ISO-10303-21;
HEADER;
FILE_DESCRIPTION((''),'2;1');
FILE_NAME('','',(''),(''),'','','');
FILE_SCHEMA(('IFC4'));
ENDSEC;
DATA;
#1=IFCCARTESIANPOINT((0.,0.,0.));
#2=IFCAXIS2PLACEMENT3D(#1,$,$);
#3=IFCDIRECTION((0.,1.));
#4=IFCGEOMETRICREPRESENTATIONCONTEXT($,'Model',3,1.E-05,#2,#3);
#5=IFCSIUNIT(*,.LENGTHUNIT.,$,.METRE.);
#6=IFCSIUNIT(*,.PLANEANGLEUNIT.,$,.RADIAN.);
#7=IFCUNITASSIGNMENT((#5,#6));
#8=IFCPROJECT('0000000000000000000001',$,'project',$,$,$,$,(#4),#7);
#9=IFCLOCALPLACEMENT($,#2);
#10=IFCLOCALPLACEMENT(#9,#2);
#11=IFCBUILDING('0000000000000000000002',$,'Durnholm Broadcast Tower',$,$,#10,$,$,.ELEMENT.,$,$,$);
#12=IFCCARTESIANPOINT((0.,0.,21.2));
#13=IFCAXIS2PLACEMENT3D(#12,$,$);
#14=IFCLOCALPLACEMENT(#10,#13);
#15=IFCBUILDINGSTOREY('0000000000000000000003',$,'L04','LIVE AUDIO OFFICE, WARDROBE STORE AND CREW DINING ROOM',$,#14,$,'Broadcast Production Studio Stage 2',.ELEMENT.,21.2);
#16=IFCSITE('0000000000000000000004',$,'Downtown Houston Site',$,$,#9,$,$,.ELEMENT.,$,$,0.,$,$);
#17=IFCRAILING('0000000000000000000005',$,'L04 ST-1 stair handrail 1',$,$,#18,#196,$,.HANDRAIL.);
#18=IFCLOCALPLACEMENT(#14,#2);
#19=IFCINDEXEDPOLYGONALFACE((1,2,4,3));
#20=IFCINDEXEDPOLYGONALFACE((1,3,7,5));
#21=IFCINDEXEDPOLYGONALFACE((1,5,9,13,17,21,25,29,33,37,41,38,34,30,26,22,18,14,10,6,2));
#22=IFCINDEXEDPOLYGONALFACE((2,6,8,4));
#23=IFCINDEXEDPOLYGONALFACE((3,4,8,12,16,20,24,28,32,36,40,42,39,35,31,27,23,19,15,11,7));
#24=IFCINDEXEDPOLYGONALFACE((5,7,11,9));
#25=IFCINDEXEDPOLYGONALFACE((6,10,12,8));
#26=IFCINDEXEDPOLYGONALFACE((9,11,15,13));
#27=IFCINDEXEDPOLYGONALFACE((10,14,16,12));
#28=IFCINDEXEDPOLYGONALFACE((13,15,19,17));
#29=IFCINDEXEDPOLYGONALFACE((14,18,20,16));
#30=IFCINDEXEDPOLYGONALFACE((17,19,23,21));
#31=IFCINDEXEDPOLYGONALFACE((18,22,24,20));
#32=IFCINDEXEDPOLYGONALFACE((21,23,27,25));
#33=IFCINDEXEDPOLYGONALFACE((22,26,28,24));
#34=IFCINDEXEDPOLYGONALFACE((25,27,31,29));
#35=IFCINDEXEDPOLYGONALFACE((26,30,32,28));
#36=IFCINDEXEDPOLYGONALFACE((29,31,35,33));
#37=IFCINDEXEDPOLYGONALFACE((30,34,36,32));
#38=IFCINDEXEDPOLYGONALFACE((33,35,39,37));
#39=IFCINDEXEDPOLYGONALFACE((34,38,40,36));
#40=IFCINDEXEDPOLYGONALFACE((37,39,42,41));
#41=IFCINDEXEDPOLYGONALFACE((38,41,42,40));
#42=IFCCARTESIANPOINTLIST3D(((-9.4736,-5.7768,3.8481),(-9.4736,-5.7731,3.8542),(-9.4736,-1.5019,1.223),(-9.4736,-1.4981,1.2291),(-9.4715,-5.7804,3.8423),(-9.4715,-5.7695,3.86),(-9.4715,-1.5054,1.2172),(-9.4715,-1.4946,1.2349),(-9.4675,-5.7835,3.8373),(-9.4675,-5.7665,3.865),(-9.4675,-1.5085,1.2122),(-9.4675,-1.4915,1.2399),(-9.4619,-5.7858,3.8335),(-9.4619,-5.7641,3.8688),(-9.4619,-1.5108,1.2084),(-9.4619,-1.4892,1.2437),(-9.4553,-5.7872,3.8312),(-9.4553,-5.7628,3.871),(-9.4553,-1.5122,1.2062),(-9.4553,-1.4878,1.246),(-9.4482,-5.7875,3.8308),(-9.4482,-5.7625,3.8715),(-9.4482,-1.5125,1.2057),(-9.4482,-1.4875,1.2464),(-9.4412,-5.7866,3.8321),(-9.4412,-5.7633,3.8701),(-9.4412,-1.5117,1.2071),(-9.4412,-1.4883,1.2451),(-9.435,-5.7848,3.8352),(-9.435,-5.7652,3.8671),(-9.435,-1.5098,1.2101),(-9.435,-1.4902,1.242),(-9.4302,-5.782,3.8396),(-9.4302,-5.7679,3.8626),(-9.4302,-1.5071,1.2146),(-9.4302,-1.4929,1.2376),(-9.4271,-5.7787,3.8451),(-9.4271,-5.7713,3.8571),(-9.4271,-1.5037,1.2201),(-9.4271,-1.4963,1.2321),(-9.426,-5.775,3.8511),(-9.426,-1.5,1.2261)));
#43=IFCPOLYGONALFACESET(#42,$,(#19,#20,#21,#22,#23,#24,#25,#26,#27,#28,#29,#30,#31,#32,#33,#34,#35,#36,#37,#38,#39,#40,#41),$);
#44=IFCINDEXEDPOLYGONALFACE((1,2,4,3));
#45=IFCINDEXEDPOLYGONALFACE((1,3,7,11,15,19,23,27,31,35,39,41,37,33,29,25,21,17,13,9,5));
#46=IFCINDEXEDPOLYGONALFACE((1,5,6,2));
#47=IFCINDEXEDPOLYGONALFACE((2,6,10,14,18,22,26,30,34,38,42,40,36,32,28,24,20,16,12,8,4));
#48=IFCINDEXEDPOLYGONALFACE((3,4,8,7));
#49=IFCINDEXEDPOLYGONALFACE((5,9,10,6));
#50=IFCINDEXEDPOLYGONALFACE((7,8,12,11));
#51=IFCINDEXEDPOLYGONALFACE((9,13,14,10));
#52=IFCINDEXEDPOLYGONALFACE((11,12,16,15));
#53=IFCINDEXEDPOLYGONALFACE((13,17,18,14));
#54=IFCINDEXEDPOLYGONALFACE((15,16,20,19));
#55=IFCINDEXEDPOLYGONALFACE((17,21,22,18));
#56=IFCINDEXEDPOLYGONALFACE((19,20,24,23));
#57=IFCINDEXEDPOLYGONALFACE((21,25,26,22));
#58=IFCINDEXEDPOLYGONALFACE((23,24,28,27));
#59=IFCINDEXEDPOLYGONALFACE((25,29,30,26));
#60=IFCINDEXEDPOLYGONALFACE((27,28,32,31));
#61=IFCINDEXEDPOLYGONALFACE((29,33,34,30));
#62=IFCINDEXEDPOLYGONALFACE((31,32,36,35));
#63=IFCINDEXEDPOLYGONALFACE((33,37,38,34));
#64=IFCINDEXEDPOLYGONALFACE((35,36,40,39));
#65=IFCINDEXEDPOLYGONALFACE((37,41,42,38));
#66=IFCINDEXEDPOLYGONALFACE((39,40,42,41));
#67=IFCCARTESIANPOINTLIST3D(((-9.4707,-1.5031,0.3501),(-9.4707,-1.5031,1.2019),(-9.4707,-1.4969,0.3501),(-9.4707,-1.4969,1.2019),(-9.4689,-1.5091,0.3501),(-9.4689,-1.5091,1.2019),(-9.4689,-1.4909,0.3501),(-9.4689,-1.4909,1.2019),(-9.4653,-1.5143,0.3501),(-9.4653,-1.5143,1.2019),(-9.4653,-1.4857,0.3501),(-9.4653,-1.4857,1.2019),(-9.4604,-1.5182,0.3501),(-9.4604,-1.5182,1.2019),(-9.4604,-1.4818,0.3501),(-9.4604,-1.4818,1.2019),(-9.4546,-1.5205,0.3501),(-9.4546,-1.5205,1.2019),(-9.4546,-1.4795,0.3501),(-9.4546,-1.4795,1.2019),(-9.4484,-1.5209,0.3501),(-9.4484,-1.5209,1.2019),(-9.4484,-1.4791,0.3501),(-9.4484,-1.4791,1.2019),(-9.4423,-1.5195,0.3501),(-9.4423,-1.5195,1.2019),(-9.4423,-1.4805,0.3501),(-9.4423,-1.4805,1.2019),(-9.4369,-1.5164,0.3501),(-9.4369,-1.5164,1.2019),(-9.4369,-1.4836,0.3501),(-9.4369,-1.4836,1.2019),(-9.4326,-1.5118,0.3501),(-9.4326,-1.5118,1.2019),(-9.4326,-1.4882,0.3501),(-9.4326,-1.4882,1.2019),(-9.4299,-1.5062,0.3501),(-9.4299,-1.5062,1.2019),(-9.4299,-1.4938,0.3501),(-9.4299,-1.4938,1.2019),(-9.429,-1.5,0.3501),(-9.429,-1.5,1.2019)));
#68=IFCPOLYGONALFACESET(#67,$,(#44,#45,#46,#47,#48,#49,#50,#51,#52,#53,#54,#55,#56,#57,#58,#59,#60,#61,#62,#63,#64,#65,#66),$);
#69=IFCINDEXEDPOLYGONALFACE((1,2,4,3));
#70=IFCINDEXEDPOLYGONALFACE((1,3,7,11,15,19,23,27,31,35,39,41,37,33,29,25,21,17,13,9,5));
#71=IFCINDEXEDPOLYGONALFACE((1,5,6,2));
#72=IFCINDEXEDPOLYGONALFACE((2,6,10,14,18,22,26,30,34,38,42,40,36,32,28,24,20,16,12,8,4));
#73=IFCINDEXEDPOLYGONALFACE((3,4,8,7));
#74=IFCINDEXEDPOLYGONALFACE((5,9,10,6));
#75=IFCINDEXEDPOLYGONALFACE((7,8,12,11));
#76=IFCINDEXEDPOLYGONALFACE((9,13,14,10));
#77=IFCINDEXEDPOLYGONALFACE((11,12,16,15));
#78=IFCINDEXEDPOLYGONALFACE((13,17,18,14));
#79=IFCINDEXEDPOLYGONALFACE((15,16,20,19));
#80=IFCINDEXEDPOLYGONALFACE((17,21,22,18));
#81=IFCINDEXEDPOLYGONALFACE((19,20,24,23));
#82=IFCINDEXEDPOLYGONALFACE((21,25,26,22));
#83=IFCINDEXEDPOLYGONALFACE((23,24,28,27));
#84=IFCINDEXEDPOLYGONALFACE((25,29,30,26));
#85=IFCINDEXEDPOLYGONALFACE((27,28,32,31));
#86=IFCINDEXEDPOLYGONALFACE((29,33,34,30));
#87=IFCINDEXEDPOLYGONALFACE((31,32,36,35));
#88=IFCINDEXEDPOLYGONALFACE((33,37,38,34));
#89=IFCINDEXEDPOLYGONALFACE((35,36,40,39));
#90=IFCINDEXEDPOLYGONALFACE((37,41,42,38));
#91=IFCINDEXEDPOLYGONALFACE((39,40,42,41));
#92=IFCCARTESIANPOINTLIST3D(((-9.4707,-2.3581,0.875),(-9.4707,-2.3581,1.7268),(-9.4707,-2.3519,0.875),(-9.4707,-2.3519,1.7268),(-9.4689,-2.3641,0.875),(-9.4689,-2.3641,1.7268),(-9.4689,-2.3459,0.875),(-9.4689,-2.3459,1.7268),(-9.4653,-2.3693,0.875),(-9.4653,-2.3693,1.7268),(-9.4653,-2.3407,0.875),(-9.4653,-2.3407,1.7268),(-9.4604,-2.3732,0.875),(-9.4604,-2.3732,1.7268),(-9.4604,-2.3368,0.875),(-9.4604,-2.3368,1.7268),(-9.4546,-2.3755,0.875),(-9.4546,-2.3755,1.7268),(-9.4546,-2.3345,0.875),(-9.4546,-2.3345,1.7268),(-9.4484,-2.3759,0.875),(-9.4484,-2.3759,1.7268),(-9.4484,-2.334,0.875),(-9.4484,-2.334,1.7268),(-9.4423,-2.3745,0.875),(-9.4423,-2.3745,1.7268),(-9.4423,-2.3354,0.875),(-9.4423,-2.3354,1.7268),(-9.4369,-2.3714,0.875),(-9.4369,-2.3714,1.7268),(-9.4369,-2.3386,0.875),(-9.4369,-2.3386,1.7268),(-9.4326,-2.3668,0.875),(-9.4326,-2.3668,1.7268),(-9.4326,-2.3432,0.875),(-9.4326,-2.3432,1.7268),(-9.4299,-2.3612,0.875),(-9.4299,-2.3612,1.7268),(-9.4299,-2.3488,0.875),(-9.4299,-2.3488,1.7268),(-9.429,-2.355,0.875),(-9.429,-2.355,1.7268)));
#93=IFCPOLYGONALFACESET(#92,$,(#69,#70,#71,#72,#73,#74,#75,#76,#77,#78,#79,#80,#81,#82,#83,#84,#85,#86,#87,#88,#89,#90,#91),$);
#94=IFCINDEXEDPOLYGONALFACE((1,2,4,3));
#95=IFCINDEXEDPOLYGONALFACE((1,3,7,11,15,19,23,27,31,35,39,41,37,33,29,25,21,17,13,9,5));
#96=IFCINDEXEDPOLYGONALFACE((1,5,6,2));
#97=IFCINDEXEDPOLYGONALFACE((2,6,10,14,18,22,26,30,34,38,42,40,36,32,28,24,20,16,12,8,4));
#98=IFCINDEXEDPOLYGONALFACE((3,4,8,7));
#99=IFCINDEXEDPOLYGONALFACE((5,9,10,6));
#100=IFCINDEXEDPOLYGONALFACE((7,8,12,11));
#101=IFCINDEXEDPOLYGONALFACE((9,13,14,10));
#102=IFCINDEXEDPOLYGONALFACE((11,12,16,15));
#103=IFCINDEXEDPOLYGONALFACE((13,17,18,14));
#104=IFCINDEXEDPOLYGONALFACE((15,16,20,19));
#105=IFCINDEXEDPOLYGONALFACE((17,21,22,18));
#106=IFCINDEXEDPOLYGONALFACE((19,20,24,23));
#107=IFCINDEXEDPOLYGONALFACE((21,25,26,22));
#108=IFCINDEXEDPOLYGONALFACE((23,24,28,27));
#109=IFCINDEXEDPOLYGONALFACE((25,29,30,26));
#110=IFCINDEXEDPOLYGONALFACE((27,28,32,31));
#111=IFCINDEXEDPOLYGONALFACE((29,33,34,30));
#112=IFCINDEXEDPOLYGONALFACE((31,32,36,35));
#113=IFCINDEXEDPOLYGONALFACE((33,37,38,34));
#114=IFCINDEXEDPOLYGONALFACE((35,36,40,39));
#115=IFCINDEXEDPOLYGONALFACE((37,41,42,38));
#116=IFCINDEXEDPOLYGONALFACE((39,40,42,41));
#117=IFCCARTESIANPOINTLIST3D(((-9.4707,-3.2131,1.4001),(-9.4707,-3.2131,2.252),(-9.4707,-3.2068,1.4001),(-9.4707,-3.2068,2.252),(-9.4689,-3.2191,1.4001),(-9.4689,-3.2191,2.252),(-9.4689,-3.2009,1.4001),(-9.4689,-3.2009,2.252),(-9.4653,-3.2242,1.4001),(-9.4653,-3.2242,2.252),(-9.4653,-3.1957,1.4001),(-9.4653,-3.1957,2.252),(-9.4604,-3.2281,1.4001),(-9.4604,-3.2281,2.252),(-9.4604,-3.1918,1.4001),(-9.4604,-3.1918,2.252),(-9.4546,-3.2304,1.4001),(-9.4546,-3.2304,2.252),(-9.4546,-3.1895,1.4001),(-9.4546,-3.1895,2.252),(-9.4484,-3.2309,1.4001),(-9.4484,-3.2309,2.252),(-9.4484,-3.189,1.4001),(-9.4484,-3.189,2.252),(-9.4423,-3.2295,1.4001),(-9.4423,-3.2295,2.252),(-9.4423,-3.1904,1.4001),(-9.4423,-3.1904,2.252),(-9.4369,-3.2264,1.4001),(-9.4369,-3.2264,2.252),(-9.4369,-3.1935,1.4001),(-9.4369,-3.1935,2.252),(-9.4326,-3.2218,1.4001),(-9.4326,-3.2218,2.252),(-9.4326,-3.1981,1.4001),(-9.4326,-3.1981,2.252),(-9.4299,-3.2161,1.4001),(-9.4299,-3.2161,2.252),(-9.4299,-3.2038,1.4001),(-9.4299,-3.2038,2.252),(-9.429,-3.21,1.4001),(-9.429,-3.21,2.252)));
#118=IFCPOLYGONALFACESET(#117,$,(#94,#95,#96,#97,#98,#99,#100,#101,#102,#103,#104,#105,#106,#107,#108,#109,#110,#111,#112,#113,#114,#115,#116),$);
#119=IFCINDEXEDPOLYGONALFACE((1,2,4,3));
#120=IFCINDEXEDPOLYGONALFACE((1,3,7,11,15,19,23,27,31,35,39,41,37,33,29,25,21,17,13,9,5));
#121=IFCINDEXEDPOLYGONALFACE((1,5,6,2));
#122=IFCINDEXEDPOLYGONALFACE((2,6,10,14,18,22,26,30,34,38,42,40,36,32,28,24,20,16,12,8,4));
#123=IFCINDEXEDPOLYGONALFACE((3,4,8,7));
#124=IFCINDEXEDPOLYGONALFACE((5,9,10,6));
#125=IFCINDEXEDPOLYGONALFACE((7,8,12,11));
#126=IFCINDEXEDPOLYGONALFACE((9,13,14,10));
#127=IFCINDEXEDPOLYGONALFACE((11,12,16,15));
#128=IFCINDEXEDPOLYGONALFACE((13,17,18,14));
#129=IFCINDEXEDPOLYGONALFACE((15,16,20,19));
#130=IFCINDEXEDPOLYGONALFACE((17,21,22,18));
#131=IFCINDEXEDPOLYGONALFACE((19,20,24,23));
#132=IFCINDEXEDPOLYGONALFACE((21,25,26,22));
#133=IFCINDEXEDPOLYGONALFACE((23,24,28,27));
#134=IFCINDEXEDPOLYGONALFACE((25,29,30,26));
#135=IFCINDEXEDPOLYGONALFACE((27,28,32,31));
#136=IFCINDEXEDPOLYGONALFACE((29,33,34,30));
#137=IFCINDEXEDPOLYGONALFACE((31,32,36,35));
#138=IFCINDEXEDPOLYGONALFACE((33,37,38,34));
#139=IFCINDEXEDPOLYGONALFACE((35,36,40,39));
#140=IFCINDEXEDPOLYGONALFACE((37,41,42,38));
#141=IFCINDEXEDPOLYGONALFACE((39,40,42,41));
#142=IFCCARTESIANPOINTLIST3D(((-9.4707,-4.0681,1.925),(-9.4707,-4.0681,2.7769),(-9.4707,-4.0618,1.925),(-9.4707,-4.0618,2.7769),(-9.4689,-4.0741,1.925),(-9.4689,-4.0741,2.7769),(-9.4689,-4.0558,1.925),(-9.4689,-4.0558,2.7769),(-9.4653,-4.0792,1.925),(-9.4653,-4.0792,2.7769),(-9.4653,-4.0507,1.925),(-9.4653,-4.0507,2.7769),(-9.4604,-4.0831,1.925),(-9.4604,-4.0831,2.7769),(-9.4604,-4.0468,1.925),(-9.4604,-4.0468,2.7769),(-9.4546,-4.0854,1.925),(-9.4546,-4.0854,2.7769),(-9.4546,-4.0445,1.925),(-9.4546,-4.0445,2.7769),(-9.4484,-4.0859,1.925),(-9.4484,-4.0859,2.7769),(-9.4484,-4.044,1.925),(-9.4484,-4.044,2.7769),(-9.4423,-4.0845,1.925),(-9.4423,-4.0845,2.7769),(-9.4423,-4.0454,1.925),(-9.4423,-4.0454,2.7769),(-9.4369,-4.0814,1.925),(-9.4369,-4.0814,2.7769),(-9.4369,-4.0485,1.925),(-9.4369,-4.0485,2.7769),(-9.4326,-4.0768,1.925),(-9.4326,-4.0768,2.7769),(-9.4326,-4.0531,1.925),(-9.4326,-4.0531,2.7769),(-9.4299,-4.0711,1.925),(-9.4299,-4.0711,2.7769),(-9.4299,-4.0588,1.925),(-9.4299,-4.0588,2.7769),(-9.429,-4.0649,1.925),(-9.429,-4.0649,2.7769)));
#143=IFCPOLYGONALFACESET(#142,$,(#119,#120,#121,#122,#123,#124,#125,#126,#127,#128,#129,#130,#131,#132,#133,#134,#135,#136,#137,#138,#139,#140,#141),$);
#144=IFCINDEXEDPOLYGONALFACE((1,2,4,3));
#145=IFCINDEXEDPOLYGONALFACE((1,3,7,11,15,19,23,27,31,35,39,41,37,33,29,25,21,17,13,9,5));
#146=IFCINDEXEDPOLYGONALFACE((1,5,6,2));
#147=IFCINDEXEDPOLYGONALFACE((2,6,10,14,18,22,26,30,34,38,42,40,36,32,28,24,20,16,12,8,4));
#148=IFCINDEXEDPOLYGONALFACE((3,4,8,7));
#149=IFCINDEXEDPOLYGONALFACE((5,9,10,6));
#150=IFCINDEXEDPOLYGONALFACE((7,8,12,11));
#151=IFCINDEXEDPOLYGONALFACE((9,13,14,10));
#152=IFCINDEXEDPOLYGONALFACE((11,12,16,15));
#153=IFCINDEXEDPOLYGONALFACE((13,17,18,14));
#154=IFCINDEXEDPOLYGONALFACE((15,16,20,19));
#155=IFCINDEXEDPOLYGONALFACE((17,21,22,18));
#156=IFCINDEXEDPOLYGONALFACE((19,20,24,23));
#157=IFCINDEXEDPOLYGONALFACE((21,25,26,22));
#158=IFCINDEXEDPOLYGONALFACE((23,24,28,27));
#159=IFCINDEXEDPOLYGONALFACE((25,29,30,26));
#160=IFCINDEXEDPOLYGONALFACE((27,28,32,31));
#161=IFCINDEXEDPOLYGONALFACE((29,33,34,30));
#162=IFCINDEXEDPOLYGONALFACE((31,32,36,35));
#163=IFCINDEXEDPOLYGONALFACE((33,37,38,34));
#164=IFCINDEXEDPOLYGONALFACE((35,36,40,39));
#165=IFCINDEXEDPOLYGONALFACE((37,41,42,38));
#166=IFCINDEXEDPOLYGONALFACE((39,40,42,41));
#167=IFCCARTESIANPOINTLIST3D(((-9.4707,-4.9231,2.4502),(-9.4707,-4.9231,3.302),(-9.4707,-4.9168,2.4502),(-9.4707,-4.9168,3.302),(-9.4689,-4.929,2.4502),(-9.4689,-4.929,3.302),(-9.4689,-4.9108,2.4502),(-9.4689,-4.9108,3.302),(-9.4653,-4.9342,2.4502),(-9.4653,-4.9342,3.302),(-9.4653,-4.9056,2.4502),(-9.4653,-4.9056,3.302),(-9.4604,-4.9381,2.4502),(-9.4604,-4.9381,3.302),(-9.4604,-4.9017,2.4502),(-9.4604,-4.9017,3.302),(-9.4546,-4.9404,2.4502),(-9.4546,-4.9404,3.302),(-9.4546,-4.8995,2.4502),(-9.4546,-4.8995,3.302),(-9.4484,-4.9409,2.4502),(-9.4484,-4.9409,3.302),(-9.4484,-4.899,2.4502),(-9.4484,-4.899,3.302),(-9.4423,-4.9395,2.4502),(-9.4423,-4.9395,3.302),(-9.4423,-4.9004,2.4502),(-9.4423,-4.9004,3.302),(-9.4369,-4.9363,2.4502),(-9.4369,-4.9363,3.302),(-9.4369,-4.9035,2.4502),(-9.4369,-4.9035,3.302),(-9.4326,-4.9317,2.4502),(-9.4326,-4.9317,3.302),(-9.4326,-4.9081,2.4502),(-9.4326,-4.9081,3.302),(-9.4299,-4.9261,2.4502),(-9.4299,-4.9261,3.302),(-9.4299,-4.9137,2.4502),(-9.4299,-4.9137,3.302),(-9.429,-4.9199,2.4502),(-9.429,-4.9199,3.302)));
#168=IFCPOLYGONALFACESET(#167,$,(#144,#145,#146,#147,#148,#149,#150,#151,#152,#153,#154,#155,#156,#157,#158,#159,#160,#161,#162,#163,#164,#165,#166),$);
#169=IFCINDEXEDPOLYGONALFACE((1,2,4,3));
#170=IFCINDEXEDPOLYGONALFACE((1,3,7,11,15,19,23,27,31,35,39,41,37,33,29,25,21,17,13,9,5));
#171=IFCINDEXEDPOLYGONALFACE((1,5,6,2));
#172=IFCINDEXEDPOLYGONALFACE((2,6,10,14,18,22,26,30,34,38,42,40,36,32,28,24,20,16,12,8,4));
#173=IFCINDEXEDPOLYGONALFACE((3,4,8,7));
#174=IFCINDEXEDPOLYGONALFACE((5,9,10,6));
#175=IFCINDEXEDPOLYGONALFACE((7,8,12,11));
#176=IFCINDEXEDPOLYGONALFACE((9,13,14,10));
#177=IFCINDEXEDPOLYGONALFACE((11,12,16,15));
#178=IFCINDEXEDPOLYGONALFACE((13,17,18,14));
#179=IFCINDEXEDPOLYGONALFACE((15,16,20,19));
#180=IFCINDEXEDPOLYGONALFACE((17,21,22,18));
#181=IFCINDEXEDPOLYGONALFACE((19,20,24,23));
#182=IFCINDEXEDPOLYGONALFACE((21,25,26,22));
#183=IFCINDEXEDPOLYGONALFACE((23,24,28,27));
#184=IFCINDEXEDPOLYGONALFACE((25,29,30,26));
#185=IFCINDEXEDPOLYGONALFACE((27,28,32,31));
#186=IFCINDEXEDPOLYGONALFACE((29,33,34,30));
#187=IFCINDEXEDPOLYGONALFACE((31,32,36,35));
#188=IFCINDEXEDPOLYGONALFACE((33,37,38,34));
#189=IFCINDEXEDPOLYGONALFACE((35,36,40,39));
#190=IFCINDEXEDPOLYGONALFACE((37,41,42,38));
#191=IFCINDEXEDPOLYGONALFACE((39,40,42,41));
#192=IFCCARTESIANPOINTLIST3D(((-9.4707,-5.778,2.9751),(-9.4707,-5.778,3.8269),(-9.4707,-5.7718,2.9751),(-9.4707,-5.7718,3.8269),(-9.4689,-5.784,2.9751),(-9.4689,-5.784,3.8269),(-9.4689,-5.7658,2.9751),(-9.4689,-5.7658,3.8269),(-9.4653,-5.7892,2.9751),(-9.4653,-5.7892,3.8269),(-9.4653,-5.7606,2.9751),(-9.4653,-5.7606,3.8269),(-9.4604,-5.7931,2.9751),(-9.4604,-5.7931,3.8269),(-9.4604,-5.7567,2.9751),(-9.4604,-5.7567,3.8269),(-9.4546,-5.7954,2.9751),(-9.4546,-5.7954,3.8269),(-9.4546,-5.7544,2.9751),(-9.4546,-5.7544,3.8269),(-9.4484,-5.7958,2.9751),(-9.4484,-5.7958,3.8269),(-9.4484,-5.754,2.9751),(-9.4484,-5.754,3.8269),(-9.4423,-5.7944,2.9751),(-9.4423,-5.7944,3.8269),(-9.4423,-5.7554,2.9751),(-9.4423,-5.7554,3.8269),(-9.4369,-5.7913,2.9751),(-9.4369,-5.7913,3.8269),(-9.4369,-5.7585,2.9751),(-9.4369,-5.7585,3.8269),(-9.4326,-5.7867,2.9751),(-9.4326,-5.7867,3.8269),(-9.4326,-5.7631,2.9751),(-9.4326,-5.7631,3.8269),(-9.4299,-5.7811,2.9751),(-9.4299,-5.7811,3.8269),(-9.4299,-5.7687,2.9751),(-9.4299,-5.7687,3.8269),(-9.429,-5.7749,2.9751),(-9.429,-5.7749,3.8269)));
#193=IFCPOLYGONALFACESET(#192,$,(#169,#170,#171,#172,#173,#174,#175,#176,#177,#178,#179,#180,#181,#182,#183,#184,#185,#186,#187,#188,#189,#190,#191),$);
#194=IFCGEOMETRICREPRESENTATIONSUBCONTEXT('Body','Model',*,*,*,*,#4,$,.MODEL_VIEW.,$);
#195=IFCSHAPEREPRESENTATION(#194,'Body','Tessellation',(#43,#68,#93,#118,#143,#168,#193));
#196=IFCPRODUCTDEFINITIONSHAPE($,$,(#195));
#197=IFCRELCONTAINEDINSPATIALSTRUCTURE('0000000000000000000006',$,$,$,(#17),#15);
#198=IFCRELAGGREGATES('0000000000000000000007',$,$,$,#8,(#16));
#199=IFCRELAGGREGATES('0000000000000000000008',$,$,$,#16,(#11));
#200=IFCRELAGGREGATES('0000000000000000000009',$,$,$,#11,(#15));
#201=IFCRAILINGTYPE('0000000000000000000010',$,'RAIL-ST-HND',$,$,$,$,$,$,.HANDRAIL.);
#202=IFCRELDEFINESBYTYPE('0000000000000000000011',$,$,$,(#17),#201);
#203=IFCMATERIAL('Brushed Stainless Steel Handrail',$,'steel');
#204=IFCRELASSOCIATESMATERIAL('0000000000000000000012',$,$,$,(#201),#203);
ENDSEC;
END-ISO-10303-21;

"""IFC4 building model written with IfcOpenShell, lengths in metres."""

from ifc_helpers import new_model, si_unit, direction, frame, origin, origin_2d, place, context, subcontext, project, spatial, circle, extrude, material, type_object, element, save


model = new_model("IFC4")

# Units and contexts
model_context = context("Model", 3, precision=1e-05, world=origin(), true_north=direction((0.0, 1.0)))
body_context = subcontext(model_context, "Body", "Model", "MODEL_VIEW")
ifc_project = project(units=[si_unit("LENGTHUNIT", "METRE"), si_unit("PLANEANGLEUNIT", "RADIAN")], contexts=[model_context])

# Site, building, storey
site_placement = place(None, origin())
site = spatial("IfcSite", under=ifc_project, at=site_placement, Name="Downtown Houston Site", CompositionType="ELEMENT", RefElevation=0.0)
building_placement = place(site_placement, origin())
building = spatial("IfcBuilding", under=site, at=building_placement, Name="Durnholm Broadcast Tower", CompositionType="ELEMENT")
storey_placement = place(building_placement, frame((0.0, 0.0, 21.2)))
storey = spatial("IfcBuildingStorey", under=building, at=storey_placement, Name="L04", Description="LIVE AUDIO OFFICE, WARDROBE STORE AND CREW DINING ROOM", LongName="Broadcast Production Studio Stage 2", CompositionType="ELEMENT", Elevation=21.2)

# Railing
ifc_material_1 = material(Name="Brushed Stainless Steel Handrail", Category="steel")
railing_type_1 = type_object("IfcRailingType", Name="RAIL-ST-HND", PredefinedType="HANDRAIL", material=ifc_material_1)
railing_1_placement = place(storey_placement, frame((-9.45, -1.5, 0.3501)))
element("IfcRailing", 1, at=railing_1_placement, inside=storey, type_object=railing_type_1, Name="L04 ST-1 stair handrail 1", PredefinedType="HANDRAIL", context=body_context, shape_type="SweptSolid", body=[
    extrude(circle(Radius=0.0239, at=origin_2d()), frame((0.0, 0.0, 0.876), z_axis=(0.0, -0.852166, 0.523272), x_axis=(1.0, 0.0, 0.0)), (0.0, 0.0, 1.0), 5.0166),
    extrude(circle(Radius=0.021, at=origin_2d()), origin(), (0.0, 0.0, 1.0), 0.8518),
    extrude(circle(Radius=0.021, at=origin_2d()), frame((0.0, -0.855, 0.5249)), (0.0, 0.0, 1.0), 0.8518),
    extrude(circle(Radius=0.021, at=origin_2d()), frame((0.0, -1.71, 1.05)), (0.0, 0.0, 1.0), 0.8518),
    extrude(circle(Radius=0.021, at=origin_2d()), frame((0.0, -2.5649, 1.575)), (0.0, 0.0, 1.0), 0.8518),
    extrude(circle(Radius=0.021, at=origin_2d()), frame((0.0, -3.4199, 2.1001)), (0.0, 0.0, 1.0), 0.8518),
    extrude(circle(Radius=0.021, at=origin_2d()), frame((0.0, -4.2749, 2.625)), (0.0, 0.0, 1.0), 0.8518),
])

save(model, "model.ifc")
